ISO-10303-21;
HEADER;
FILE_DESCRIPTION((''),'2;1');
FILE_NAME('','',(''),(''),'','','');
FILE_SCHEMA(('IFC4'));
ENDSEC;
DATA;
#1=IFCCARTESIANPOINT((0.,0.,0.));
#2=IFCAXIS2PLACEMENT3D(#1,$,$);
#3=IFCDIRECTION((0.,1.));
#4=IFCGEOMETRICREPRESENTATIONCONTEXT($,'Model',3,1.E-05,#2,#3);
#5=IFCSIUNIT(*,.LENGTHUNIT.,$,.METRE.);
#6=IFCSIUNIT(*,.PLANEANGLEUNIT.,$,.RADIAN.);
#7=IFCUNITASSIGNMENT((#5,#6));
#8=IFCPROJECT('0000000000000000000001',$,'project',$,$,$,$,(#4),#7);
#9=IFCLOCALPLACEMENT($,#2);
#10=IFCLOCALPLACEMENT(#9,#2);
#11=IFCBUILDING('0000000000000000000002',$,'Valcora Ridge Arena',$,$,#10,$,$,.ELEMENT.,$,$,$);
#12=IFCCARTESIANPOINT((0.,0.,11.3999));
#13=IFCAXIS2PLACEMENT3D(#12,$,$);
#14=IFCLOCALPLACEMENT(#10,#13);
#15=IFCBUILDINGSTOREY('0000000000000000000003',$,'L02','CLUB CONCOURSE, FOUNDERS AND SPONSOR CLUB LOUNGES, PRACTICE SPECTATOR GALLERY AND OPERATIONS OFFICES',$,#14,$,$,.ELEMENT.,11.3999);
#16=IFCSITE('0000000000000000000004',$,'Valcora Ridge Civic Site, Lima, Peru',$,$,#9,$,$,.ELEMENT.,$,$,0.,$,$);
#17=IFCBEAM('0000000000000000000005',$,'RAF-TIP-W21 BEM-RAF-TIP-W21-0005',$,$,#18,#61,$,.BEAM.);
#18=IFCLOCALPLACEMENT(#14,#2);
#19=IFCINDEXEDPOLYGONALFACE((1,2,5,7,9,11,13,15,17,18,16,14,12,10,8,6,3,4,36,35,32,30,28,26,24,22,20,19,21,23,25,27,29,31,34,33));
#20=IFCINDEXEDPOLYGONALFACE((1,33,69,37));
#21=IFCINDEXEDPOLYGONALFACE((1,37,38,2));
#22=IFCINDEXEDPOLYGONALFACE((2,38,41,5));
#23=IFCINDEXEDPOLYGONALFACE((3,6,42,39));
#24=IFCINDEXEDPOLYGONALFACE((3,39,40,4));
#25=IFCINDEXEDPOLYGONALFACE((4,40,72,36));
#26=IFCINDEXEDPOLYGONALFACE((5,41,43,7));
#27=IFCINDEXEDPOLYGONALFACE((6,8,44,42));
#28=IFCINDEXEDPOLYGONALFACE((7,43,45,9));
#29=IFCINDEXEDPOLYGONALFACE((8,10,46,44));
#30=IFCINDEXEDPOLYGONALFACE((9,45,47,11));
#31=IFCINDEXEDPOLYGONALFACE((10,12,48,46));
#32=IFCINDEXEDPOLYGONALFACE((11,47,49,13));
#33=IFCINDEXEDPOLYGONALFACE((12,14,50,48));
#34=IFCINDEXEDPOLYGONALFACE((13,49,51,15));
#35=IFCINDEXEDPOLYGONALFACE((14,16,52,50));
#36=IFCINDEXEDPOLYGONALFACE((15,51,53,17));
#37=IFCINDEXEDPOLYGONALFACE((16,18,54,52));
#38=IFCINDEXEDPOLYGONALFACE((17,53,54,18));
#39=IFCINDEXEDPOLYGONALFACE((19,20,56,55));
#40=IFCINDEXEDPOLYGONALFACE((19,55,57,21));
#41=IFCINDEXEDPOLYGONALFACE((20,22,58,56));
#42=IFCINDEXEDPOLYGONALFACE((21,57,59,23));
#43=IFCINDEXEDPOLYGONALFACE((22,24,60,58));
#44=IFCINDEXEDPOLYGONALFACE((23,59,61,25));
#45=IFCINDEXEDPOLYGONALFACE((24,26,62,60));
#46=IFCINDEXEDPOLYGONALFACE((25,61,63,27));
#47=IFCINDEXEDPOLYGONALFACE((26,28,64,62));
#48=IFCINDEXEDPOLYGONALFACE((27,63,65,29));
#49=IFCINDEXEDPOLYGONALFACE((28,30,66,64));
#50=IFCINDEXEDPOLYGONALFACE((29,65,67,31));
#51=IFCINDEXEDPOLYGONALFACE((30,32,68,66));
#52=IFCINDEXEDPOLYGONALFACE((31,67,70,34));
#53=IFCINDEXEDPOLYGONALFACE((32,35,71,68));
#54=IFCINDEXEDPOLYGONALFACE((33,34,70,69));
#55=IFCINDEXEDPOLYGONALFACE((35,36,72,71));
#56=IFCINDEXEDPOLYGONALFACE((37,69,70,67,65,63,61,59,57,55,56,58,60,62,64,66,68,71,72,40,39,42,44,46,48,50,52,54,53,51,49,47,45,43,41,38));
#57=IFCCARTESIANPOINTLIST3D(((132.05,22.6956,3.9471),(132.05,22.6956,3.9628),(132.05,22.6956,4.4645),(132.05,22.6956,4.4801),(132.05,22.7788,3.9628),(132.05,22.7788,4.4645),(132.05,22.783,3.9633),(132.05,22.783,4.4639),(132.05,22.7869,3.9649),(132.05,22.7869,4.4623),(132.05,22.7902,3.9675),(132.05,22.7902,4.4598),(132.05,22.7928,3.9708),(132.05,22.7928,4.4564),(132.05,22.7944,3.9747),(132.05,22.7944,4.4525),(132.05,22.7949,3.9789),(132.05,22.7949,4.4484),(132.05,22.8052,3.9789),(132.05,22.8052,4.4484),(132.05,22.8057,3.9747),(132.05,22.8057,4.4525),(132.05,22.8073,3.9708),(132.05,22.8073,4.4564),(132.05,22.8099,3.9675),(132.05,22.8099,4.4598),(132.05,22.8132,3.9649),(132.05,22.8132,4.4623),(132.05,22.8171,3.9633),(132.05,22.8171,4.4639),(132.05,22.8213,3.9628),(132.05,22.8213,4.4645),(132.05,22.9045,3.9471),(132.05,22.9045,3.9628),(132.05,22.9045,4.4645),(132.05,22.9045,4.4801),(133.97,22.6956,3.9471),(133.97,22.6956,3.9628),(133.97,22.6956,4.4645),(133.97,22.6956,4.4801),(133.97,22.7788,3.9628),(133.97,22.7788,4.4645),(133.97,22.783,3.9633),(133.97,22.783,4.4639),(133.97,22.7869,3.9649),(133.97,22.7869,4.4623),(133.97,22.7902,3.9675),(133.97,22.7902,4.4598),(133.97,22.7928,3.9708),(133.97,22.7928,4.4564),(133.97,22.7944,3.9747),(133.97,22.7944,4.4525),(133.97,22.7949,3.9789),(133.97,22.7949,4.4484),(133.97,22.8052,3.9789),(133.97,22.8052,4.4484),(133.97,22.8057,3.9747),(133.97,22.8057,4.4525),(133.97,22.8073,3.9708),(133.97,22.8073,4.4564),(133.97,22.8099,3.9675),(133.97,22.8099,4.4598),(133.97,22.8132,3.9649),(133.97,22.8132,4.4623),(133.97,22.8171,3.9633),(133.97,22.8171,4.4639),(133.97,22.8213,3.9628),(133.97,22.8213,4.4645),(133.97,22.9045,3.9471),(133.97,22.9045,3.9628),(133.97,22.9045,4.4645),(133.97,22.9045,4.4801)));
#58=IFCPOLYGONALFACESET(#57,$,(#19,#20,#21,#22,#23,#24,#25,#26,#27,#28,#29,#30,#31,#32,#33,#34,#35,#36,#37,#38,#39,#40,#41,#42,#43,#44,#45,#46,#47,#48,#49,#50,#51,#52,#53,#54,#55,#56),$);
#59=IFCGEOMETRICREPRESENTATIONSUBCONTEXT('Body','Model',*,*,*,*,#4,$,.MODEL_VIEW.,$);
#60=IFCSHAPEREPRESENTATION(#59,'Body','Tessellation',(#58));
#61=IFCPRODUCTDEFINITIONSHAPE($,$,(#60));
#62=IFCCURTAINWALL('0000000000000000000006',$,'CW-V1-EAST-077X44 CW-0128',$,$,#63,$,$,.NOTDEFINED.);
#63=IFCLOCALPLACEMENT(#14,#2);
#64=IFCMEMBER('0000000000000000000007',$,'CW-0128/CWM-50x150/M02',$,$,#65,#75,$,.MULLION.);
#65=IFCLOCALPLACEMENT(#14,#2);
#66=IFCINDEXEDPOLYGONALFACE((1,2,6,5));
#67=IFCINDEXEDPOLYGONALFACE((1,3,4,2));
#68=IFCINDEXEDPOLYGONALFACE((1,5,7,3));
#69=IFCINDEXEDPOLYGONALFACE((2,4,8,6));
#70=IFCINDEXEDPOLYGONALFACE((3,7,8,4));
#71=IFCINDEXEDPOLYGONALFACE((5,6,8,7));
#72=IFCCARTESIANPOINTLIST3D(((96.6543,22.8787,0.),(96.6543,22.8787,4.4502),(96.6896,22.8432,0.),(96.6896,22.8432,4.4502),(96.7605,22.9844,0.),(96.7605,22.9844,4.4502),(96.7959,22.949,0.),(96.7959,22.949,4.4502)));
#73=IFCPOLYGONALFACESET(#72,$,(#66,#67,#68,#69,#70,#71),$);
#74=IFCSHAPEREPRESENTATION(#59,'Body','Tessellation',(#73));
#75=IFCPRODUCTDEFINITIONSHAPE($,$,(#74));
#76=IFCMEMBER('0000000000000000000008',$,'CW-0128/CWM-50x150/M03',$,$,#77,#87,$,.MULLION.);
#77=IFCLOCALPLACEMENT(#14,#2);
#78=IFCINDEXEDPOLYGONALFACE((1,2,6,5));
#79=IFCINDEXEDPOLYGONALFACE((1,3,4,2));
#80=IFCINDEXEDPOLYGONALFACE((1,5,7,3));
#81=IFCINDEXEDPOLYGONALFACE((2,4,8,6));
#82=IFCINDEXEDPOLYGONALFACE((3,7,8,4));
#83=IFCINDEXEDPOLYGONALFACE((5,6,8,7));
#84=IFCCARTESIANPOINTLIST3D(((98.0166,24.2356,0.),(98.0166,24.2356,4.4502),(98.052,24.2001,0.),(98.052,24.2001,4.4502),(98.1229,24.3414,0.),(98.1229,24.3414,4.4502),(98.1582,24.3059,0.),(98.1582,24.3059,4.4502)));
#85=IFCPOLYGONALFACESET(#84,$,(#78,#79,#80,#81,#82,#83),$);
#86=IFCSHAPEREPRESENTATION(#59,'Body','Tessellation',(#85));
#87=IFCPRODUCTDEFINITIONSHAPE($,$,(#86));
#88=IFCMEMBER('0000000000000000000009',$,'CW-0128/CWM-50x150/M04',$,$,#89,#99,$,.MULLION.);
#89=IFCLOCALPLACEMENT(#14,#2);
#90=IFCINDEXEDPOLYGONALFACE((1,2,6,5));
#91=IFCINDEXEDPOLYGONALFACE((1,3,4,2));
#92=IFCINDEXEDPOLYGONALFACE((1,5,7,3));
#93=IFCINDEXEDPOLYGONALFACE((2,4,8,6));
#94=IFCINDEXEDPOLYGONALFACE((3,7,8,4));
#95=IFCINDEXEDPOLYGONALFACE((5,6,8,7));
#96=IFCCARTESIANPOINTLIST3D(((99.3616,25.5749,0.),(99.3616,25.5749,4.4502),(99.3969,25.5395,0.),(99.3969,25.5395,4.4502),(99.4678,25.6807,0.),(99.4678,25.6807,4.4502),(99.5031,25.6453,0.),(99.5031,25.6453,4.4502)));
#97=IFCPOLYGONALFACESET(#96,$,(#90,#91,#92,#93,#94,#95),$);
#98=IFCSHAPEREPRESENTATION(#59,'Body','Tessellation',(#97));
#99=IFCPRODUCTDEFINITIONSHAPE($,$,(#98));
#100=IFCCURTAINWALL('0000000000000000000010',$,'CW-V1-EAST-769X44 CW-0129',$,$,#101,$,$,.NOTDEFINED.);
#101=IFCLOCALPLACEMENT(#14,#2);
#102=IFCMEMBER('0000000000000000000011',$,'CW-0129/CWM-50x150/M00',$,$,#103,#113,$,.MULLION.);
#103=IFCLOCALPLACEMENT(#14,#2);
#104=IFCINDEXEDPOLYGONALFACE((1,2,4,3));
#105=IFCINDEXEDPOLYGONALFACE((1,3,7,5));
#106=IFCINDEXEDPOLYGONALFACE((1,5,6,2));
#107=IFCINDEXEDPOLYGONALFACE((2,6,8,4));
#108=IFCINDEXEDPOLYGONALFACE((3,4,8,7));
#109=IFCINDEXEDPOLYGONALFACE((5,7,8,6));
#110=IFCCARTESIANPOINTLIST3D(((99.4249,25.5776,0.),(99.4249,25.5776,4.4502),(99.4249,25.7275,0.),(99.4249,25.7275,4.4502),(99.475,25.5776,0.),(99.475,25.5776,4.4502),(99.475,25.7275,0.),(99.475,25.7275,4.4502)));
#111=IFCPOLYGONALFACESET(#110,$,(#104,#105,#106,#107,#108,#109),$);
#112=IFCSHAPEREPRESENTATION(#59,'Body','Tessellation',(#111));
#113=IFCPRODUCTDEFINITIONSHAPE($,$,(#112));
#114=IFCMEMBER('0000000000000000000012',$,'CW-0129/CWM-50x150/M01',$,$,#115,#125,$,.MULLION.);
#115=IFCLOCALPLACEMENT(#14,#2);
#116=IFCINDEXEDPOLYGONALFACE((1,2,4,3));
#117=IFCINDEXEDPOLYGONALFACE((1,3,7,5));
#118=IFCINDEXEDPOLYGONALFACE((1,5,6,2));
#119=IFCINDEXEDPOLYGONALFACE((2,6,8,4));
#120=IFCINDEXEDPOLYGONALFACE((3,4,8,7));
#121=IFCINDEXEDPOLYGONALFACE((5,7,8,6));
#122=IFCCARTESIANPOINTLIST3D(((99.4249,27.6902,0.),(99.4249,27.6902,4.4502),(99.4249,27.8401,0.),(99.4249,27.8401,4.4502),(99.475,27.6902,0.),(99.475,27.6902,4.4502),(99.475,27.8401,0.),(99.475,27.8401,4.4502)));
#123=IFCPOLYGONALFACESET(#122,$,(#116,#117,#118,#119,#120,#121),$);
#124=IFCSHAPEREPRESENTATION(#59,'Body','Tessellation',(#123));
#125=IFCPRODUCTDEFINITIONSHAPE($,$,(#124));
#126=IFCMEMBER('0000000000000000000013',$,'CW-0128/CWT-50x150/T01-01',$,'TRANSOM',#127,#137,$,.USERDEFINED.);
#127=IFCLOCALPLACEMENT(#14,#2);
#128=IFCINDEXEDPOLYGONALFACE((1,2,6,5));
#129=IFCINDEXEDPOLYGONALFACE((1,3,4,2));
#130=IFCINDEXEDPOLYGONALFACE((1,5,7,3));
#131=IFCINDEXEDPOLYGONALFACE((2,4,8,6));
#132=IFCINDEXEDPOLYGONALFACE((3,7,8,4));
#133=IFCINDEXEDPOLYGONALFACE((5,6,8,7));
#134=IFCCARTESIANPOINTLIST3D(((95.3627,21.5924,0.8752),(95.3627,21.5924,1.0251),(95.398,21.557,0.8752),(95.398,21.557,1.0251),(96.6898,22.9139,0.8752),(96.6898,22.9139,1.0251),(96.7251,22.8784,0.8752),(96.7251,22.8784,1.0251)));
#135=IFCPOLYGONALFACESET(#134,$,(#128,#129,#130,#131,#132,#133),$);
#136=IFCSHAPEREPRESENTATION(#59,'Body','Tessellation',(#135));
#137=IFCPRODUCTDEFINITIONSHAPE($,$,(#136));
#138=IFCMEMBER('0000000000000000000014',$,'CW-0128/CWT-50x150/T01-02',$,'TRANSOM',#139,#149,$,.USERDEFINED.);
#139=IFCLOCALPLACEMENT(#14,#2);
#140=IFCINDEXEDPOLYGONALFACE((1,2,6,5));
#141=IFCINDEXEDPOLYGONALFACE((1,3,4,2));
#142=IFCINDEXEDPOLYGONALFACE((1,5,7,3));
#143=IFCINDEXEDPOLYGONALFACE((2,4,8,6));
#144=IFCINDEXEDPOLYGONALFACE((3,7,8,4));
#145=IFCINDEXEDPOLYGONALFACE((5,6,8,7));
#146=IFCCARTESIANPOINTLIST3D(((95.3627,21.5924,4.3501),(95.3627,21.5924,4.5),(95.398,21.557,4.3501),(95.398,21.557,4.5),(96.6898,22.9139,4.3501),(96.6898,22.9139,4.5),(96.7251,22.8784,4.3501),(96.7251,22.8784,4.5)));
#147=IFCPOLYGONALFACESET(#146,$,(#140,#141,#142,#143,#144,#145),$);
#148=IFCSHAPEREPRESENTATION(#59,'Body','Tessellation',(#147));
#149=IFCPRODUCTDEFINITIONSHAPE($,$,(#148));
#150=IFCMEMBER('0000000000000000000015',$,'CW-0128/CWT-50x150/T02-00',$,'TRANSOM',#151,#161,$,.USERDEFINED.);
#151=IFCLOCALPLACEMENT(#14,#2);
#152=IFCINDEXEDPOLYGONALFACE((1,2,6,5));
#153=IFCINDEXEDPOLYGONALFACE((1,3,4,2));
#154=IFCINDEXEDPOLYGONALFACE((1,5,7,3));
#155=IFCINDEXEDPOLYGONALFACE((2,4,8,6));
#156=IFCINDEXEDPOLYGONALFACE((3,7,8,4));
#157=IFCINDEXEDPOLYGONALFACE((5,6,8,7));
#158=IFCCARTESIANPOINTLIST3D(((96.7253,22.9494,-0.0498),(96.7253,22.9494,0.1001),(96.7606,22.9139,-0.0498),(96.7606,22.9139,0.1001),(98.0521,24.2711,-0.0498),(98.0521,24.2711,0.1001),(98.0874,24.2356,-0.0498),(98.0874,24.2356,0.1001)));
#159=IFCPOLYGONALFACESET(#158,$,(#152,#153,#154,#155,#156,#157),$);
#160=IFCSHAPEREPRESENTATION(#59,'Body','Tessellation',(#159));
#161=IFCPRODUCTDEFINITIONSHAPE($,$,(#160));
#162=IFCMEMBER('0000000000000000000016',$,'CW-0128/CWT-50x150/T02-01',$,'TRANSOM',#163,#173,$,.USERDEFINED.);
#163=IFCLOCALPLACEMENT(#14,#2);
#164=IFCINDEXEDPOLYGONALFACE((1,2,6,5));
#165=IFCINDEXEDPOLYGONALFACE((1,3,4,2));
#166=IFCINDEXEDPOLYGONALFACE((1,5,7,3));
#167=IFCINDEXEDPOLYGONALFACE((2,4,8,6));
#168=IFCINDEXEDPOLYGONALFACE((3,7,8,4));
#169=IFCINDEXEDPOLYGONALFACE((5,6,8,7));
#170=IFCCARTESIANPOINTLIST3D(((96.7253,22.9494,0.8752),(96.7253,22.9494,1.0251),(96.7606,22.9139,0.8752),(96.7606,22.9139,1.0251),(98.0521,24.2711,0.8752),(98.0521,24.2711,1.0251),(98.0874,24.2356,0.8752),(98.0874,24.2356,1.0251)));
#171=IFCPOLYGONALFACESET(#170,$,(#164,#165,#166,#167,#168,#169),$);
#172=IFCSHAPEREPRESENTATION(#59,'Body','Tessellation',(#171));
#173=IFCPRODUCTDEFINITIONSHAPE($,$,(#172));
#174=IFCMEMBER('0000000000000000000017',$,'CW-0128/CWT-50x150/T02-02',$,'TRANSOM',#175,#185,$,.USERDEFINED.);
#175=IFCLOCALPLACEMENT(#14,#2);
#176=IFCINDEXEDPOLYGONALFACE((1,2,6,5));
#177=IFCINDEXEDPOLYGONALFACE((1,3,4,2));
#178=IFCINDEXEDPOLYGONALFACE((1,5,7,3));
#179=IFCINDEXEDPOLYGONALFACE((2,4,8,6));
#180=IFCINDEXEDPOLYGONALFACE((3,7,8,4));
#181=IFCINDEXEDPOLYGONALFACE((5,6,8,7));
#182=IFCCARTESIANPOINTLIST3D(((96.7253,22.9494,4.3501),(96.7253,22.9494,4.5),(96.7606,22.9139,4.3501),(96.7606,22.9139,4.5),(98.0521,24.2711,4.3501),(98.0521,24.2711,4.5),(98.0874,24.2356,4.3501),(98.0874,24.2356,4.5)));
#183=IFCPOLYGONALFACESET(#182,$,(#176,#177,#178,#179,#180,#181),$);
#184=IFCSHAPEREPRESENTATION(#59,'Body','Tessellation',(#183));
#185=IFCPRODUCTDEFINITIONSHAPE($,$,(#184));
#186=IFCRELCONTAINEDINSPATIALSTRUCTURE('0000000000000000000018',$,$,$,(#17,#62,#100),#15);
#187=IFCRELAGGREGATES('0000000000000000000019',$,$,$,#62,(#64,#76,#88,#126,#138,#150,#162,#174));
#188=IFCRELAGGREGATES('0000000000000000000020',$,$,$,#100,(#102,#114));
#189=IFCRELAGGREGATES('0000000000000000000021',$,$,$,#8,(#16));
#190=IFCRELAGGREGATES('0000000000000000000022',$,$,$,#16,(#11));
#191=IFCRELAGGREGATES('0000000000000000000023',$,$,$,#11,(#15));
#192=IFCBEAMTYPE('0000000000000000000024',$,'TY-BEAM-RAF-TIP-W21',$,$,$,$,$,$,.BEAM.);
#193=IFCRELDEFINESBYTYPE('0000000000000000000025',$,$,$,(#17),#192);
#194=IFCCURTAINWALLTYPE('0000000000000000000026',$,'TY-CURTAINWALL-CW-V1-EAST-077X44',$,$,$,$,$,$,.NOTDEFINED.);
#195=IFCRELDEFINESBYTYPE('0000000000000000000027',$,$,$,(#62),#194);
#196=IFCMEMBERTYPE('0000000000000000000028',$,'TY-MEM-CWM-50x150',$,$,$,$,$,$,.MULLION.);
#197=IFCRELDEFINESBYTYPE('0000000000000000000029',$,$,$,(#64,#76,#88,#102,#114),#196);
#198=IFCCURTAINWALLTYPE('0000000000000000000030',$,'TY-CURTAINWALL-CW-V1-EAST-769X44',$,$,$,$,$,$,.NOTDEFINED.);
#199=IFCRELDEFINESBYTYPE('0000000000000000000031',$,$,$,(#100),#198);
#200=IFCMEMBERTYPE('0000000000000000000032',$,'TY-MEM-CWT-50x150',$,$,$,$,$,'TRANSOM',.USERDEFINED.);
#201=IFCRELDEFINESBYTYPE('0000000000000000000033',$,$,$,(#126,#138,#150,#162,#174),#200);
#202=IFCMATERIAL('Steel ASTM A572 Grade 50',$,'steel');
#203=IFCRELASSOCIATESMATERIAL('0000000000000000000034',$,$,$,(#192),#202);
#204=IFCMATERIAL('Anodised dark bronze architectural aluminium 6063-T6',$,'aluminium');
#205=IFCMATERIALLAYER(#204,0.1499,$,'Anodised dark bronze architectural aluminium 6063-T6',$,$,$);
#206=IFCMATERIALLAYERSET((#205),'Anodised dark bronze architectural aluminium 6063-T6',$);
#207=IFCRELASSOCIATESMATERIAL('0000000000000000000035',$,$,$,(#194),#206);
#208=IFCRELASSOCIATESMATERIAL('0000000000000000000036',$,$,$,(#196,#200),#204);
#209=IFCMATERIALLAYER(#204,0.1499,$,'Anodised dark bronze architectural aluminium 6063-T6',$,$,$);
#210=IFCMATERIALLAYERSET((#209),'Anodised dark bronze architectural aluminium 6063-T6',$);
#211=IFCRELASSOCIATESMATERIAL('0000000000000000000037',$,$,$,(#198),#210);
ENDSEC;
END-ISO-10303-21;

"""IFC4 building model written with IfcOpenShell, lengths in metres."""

from ifc_helpers import new_model, si_unit, direction, frame, origin, origin_2d, place, context, subcontext, project, spatial, rectangle, i_section, extrude, material, layer, layer_set, material_profile, profile_set, type_object, element, aggregate, save


model = new_model("IFC4")

# Units and contexts
model_context = context("Model", 3, precision=1e-05, world=origin(), true_north=direction((0.0, 1.0)))
body_context = subcontext(model_context, "Body", "Model", "MODEL_VIEW")
ifc_project = project(units=[si_unit("LENGTHUNIT", "METRE"), si_unit("PLANEANGLEUNIT", "RADIAN")], contexts=[model_context])

# Site, building, storey
site_placement = place(None, origin())
site = spatial("IfcSite", under=ifc_project, at=site_placement, Name="Valcora Ridge Civic Site, Lima, Peru", CompositionType="ELEMENT", RefElevation=0.0)
building_placement = place(site_placement, origin())
building = spatial("IfcBuilding", under=site, at=building_placement, Name="Valcora Ridge Arena", CompositionType="ELEMENT")
storey_placement = place(building_placement, frame((0.0, 0.0, 11.3999)))
storey = spatial("IfcBuildingStorey", under=building, at=storey_placement, Name="L02", Description="CLUB CONCOURSE, FOUNDERS AND SPONSOR CLUB LOUNGES, PRACTICE SPECTATOR GALLERY AND OPERATIONS OFFICES", CompositionType="ELEMENT", Elevation=11.3999)

# Beam
ifc_material_1 = material(Name="Steel ASTM A572 Grade 50", Category="steel")
ifc_material_profile_1 = material_profile(ifc_material_1, i_section(OverallWidth=0.209, OverallDepth=0.533, WebThickness=0.0103, FlangeThickness=0.0156, FilletRadius=0.0161, at=origin_2d()), Name="W21X62")
ifc_profile_set_1 = profile_set([ifc_material_profile_1], Name="Steel ASTM A572 Grade 50")
beam_type = type_object("IfcBeamType", Name="TY-BEAM-RAF-TIP-W21", PredefinedType="BEAM", material=ifc_profile_set_1)
for number, where, z_axis, x_axis, name in (
    (1, (132.05, 22.8, 4.2136), (1.0, 0.0, 0.0), (0.0, 1.0, 0.0), "RAF-TIP-W21 BEM-RAF-TIP-W21-0005"),
):
    element("IfcBeam", number, at=place(storey_placement, frame(where, z_axis=z_axis, x_axis=x_axis)), inside=storey, type_object=beam_type, Name=name, PredefinedType="BEAM", context=body_context, shape_type="SweptSolid", body=[
        extrude(i_section(OverallWidth=0.209, OverallDepth=0.533, WebThickness=0.0103, FlangeThickness=0.0156, FilletRadius=0.0161, at=origin_2d()), origin(), (0.0, 0.0, 1.0), 1.9199),
    ])

# Curtain walls, members
ifc_material_2 = material(Name="Anodised dark bronze architectural aluminium 6063-T6", Category="aluminium")
ifc_layer_1 = layer(ifc_material_2, 0.1499, Name="Anodised dark bronze architectural aluminium 6063-T6")
ifc_layer_set_1 = layer_set([ifc_layer_1], Name="Anodised dark bronze architectural aluminium 6063-T6")
curtain_wall_type_1 = type_object("IfcCurtainWallType", Name="TY-CURTAINWALL-CW-V1-EAST-077X44", PredefinedType="NOTDEFINED", material=ifc_layer_set_1)
curtain_wall_1_placement = place(storey_placement, origin())
curtain_wall_1 = element("IfcCurtainWall", 2, at=curtain_wall_1_placement, inside=storey, type_object=curtain_wall_type_1, Name="CW-V1-EAST-077X44 CW-0128", PredefinedType="NOTDEFINED")
ifc_material_profile_2 = material_profile(ifc_material_2, rectangle(XDim=0.05, YDim=0.1499, at=origin_2d()), Name="ALU MULLION 50x150")
ifc_profile_set_2 = profile_set([ifc_material_profile_2], Name="Anodised dark bronze architectural aluminium 6063-T6")
member_type_1 = type_object("IfcMemberType", Name="TY-MEM-CWM-50x150", PredefinedType="MULLION", material=ifc_profile_set_2)
member_1_placement = place(storey_placement, frame((96.7251, 22.9138, 0.0), z_axis=(0.0, 0.0, 1.0), x_axis=(-0.705655, 0.708555, 0.0)))
member_1 = element("IfcMember", 3, at=member_1_placement, type_object=member_type_1, Name="CW-0128/CWM-50x150/M02", PredefinedType="MULLION", context=body_context, shape_type="SweptSolid", body=[
    extrude(rectangle(XDim=0.05, YDim=0.1499, at=origin_2d()), origin(), (0.0, 0.0, 1.0), 4.4502),
])
member_2_placement = place(storey_placement, frame((98.0874, 24.2708, 0.0), z_axis=(0.0, 0.0, 1.0), x_axis=(-0.705655, 0.708555, 0.0)))
member_2 = element("IfcMember", 4, at=member_2_placement, type_object=member_type_1, Name="CW-0128/CWM-50x150/M03", PredefinedType="MULLION", context=body_context, shape_type="SweptSolid", body=[
    extrude(rectangle(XDim=0.05, YDim=0.1499, at=origin_2d()), origin(), (0.0, 0.0, 1.0), 4.4502),
])
member_3_placement = place(storey_placement, frame((99.4324, 25.6101, 0.0), z_axis=(0.0, 0.0, 1.0), x_axis=(-0.705655, 0.708555, 0.0)))
member_3 = element("IfcMember", 5, at=member_3_placement, type_object=member_type_1, Name="CW-0128/CWM-50x150/M04", PredefinedType="MULLION", context=body_context, shape_type="SweptSolid", body=[
    extrude(rectangle(XDim=0.05, YDim=0.1499, at=origin_2d()), origin(), (0.0, 0.0, 1.0), 4.4502),
])
ifc_layer_2 = layer(ifc_material_2, 0.1499, Name="Anodised dark bronze architectural aluminium 6063-T6")
ifc_layer_set_2 = layer_set([ifc_layer_2], Name="Anodised dark bronze architectural aluminium 6063-T6")
curtain_wall_type_2 = type_object("IfcCurtainWallType", Name="TY-CURTAINWALL-CW-V1-EAST-769X44", PredefinedType="NOTDEFINED", material=ifc_layer_set_2)
curtain_wall_2_placement = place(storey_placement, origin())
curtain_wall_2 = element("IfcCurtainWall", 6, at=curtain_wall_2_placement, inside=storey, type_object=curtain_wall_type_2, Name="CW-V1-EAST-769X44 CW-0129", PredefinedType="NOTDEFINED")
member_4_placement = place(storey_placement, frame((99.45, 25.6526, 0.0), z_axis=(0.0, 0.0, 1.0), x_axis=(-1.0, 0.0, 0.0)))
member_4 = element("IfcMember", 7, at=member_4_placement, type_object=member_type_1, Name="CW-0129/CWM-50x150/M00", PredefinedType="MULLION", context=body_context, shape_type="SweptSolid", body=[
    extrude(rectangle(XDim=0.05, YDim=0.1499, at=origin_2d()), origin(), (0.0, 0.0, 1.0), 4.4502),
])
member_5_placement = place(storey_placement, frame((99.45, 27.7651, 0.0), z_axis=(0.0, 0.0, 1.0), x_axis=(-1.0, 0.0, 0.0)))
member_5 = element("IfcMember", 8, at=member_5_placement, type_object=member_type_1, Name="CW-0129/CWM-50x150/M01", PredefinedType="MULLION", context=body_context, shape_type="SweptSolid", body=[
    extrude(rectangle(XDim=0.05, YDim=0.1499, at=origin_2d()), origin(), (0.0, 0.0, 1.0), 4.4502),
])

# Members
ifc_material_profile_3 = material_profile(ifc_material_2, rectangle(XDim=0.05, YDim=0.1499, at=origin_2d()), Name="ALU TRANSOM 50x150")
ifc_profile_set_3 = profile_set([ifc_material_profile_3], Name="Anodised dark bronze architectural aluminium 6063-T6")
member_type_2 = type_object("IfcMemberType", Name="TY-MEM-CWT-50x150", ElementType="TRANSOM", PredefinedType="USERDEFINED", material=ifc_profile_set_3)
member_6_placement = place(storey_placement, frame((95.3804, 21.5747, 0.9502), z_axis=(0.708604, 0.705606, 0.0), x_axis=(-0.705606, 0.708604, 0.0)))
member_6 = element("IfcMember", 9, at=member_6_placement, type_object=member_type_2, Name="CW-0128/CWT-50x150/T01-01", ObjectType="TRANSOM", PredefinedType="USERDEFINED", context=body_context, shape_type="SweptSolid", body=[
    extrude(rectangle(XDim=0.05, YDim=0.1499, at=origin_2d()), origin(), (0.0, 0.0, 1.0), 1.8728),
])
member_7_placement = place(storey_placement, frame((95.3804, 21.5747, 4.425), z_axis=(0.708604, 0.705606, 0.0), x_axis=(-0.705606, 0.708604, 0.0)))
member_7 = element("IfcMember", 10, at=member_7_placement, type_object=member_type_2, Name="CW-0128/CWT-50x150/T01-02", ObjectType="TRANSOM", PredefinedType="USERDEFINED", context=body_context, shape_type="SweptSolid", body=[
    extrude(rectangle(XDim=0.05, YDim=0.1499, at=origin_2d()), origin(), (0.0, 0.0, 1.0), 1.8728),
])
member_8_placement = place(storey_placement, frame((96.7429, 22.9316, 0.0251), z_axis=(0.708474, 0.705737, 0.0), x_axis=(-0.705737, 0.708474, 0.0)))
member_8 = element("IfcMember", 11, at=member_8_placement, type_object=member_type_2, Name="CW-0128/CWT-50x150/T02-00", ObjectType="TRANSOM", PredefinedType="USERDEFINED", context=body_context, shape_type="SweptSolid", body=[
    extrude(rectangle(XDim=0.05, YDim=0.1499, at=origin_2d()), origin(), (0.0, 0.0, 1.0), 1.8728),
])
member_9_placement = place(storey_placement, frame((96.7429, 22.9316, 0.9502), z_axis=(0.708474, 0.705737, 0.0), x_axis=(-0.705737, 0.708474, 0.0)))
member_9 = element("IfcMember", 12, at=member_9_placement, type_object=member_type_2, Name="CW-0128/CWT-50x150/T02-01", ObjectType="TRANSOM", PredefinedType="USERDEFINED", context=body_context, shape_type="SweptSolid", body=[
    extrude(rectangle(XDim=0.05, YDim=0.1499, at=origin_2d()), origin(), (0.0, 0.0, 1.0), 1.8728),
])
member_10_placement = place(storey_placement, frame((96.7429, 22.9316, 4.425), z_axis=(0.708474, 0.705737, 0.0), x_axis=(-0.705737, 0.708474, 0.0)))
member_10 = element("IfcMember", 13, at=member_10_placement, type_object=member_type_2, Name="CW-0128/CWT-50x150/T02-02", ObjectType="TRANSOM", PredefinedType="USERDEFINED", context=body_context, shape_type="SweptSolid", body=[
    extrude(rectangle(XDim=0.05, YDim=0.1499, at=origin_2d()), origin(), (0.0, 0.0, 1.0), 1.8728),
])

aggregate(curtain_wall_1, [member_1, member_2, member_3, member_6, member_7, member_8, member_9, member_10])
aggregate(curtain_wall_2, [member_4, member_5])

save(model, "model.ifc")
